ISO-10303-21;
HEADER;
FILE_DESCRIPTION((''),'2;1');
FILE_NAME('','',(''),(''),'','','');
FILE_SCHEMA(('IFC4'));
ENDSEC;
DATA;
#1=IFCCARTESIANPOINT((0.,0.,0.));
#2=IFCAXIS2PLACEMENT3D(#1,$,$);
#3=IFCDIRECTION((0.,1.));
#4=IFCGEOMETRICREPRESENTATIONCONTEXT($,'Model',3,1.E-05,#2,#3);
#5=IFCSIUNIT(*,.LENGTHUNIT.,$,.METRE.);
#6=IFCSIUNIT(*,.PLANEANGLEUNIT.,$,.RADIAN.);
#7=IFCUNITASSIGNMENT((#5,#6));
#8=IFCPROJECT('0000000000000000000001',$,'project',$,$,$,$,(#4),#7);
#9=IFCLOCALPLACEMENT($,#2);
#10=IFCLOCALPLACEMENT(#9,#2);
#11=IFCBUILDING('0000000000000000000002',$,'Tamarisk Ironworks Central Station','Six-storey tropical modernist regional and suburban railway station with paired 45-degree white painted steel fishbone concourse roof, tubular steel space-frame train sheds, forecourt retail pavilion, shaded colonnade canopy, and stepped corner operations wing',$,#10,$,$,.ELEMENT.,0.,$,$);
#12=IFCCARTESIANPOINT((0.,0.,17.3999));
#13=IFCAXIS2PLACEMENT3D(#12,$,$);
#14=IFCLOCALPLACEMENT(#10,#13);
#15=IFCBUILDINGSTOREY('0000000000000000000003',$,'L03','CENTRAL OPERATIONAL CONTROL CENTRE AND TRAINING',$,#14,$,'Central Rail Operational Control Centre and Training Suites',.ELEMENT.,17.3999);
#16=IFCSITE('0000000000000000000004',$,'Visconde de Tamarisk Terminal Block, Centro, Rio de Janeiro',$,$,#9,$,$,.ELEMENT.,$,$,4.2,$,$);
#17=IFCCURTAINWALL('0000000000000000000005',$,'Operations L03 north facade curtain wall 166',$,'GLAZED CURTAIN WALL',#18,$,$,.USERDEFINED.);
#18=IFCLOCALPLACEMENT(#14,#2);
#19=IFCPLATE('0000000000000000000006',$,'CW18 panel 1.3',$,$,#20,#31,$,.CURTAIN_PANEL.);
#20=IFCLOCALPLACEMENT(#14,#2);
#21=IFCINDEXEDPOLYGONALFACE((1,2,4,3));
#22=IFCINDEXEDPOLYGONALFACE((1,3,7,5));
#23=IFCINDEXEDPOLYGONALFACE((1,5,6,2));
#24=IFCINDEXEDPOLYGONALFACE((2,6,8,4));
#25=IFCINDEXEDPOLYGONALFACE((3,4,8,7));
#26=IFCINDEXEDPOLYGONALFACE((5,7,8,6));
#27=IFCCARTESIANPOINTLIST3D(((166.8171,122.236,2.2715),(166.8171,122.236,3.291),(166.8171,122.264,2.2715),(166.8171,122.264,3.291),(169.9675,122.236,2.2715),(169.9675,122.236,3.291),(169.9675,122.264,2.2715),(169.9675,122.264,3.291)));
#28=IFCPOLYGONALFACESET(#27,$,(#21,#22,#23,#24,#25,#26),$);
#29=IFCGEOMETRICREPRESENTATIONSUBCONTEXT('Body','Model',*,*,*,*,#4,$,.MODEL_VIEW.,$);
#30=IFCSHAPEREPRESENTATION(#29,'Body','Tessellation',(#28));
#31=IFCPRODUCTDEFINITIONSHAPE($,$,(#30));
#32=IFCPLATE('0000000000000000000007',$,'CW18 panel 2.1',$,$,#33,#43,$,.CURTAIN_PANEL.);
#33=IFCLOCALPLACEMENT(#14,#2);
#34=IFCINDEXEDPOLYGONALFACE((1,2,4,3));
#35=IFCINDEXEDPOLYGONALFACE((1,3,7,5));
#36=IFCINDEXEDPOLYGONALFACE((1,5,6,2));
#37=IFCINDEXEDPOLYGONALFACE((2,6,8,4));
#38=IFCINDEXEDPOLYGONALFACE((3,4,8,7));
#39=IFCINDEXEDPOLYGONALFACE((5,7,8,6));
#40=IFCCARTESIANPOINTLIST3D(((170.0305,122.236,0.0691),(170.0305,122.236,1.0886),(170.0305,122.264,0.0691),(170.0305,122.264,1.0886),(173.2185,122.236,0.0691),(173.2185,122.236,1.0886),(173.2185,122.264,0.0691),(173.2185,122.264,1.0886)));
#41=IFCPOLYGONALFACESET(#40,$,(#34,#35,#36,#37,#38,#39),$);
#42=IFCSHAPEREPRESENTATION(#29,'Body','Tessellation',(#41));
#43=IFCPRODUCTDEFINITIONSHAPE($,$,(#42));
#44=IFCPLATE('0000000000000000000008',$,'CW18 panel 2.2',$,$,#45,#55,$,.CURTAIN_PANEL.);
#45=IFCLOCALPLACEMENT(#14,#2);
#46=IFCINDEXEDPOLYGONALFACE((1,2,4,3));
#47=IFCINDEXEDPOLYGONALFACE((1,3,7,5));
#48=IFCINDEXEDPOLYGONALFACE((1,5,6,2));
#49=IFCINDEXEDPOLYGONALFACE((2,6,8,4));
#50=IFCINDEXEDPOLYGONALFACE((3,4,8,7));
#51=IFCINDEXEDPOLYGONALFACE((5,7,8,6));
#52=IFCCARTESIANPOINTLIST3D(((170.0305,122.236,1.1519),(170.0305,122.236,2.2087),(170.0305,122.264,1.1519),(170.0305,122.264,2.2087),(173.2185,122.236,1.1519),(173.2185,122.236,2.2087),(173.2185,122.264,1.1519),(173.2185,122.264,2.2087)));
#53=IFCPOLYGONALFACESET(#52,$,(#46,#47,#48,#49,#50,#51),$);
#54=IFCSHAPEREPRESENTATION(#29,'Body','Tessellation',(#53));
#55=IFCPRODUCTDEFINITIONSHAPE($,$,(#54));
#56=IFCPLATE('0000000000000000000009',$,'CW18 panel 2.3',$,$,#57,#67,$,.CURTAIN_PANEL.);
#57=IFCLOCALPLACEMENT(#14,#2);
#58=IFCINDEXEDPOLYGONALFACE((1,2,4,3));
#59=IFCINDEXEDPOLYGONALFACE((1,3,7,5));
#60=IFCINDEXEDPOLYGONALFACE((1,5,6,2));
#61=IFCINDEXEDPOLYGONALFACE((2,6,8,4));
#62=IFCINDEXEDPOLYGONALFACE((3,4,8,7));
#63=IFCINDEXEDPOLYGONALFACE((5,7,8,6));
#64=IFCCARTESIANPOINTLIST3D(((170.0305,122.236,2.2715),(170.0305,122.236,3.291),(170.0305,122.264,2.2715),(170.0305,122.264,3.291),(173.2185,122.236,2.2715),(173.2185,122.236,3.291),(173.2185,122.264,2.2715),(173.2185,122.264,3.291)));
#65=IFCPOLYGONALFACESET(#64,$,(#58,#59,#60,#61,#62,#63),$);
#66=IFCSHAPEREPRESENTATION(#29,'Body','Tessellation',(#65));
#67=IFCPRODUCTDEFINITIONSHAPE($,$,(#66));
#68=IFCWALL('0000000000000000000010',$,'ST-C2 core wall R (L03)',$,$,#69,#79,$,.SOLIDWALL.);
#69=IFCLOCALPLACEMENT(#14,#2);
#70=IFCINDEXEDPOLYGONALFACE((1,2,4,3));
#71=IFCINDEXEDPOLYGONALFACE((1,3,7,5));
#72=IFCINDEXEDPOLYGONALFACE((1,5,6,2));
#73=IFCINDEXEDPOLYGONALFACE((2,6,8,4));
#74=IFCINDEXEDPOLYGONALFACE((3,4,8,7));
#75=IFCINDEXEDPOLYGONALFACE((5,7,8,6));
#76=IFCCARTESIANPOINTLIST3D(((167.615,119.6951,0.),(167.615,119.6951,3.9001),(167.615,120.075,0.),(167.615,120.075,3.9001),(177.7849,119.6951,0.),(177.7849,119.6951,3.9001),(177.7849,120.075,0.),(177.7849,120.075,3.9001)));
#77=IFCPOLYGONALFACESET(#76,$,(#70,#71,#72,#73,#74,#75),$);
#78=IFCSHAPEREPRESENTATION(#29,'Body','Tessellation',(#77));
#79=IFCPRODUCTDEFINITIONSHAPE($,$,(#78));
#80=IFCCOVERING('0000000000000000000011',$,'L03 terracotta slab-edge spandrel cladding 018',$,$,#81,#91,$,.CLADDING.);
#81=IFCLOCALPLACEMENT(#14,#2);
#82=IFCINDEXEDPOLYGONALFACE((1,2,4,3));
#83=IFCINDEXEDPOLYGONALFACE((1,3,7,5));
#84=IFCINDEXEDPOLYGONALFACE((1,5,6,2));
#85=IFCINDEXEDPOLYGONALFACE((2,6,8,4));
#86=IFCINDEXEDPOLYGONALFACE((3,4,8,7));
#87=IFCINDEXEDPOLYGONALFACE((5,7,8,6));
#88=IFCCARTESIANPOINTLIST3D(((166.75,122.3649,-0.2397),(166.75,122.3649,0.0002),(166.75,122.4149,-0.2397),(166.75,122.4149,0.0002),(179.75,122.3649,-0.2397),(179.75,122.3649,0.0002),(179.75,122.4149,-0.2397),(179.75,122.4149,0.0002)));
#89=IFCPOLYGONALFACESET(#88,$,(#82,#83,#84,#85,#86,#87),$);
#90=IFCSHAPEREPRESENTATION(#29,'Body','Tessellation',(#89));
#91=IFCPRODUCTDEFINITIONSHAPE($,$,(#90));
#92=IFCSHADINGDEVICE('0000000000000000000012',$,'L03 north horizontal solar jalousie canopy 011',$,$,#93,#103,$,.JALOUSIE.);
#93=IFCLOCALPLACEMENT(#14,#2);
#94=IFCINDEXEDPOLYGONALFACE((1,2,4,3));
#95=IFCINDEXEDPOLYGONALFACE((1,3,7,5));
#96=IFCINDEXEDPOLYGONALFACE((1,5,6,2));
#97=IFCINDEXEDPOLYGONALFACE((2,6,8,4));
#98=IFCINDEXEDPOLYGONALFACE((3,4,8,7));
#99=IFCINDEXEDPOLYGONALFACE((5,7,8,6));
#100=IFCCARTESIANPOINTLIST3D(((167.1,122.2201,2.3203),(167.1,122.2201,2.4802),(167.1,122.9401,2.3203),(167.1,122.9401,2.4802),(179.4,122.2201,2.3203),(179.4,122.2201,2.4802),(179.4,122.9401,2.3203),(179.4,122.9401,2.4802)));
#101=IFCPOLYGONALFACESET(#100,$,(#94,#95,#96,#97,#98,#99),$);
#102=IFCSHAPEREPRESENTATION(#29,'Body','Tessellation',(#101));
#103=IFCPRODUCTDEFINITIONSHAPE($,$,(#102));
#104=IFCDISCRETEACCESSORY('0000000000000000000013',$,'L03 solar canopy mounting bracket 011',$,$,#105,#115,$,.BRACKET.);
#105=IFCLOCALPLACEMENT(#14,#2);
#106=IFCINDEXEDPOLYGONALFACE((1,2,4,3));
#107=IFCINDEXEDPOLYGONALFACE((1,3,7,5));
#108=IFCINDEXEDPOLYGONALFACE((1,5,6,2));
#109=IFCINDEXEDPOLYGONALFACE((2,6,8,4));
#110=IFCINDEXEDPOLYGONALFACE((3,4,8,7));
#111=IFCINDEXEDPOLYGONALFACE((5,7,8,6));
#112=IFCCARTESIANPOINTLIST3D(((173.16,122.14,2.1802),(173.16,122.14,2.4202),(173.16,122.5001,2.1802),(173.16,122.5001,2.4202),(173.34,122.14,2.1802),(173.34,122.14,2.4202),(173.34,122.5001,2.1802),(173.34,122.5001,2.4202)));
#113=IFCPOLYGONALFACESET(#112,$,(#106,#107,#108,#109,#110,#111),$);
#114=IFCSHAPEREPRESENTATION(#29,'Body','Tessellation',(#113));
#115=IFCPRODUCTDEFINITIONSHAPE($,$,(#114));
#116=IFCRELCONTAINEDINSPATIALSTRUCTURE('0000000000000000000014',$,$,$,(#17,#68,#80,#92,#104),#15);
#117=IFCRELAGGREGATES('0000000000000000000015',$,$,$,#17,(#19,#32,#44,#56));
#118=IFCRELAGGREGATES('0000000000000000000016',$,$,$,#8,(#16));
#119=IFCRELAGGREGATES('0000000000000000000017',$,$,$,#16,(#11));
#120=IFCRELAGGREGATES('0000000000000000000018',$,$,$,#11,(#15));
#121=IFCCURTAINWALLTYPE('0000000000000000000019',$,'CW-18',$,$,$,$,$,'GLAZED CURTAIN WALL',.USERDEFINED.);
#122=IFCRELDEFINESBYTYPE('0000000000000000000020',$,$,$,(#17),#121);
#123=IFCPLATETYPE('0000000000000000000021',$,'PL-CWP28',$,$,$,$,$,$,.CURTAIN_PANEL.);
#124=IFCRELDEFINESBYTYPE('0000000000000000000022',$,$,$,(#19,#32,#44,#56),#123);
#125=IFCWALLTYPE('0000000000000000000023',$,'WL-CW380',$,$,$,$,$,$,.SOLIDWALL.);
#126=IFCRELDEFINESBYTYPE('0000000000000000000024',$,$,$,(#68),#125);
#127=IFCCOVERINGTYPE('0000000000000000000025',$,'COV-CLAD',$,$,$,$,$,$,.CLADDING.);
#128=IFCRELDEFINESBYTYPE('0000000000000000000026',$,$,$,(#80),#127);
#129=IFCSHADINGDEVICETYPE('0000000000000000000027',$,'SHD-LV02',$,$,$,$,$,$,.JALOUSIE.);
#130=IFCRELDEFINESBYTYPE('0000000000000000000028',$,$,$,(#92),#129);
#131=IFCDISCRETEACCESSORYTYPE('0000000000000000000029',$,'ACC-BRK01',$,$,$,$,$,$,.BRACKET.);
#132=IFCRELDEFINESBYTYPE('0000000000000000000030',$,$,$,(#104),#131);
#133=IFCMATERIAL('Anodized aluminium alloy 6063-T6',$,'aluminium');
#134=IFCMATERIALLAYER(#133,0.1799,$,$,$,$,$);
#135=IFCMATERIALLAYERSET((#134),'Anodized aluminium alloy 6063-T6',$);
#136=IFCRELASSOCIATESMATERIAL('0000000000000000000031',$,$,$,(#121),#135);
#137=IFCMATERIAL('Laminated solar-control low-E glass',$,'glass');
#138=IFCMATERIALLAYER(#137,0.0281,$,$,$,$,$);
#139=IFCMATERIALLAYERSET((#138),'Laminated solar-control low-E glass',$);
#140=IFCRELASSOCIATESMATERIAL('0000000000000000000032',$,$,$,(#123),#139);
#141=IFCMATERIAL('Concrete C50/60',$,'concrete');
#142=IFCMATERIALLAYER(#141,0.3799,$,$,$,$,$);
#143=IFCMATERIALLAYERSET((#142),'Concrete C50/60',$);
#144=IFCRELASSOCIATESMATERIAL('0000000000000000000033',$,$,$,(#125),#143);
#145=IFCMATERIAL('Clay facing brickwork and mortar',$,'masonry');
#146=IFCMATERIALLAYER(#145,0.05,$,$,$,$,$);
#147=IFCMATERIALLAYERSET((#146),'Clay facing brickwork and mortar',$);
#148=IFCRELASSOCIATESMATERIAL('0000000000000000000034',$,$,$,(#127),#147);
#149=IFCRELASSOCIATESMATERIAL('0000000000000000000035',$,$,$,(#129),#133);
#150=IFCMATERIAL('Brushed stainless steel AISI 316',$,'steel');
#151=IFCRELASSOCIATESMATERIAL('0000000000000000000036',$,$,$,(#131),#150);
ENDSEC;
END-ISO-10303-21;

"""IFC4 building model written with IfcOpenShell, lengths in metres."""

from ifc_helpers import new_model, si_unit, direction, frame, frame_2d, origin, origin_2d, place, context, subcontext, project, spatial, rectangle, extrude, material, layer, layer_set, type_object, element, aggregate, save


model = new_model("IFC4")

# Units and contexts
model_context = context("Model", 3, precision=1e-05, world=origin(), true_north=direction((0.0, 1.0)))
body_context = subcontext(model_context, "Body", "Model", "MODEL_VIEW")
ifc_project = project(units=[si_unit("LENGTHUNIT", "METRE"), si_unit("PLANEANGLEUNIT", "RADIAN")], contexts=[model_context])

# Site, building, storey
site_placement = place(None, origin())
site = spatial("IfcSite", under=ifc_project, at=site_placement, Name="Visconde de Tamarisk Terminal Block, Centro, Rio de Janeiro", CompositionType="ELEMENT", RefElevation=4.2)
building_placement = place(site_placement, origin())
building = spatial("IfcBuilding", under=site, at=building_placement, Name="Tamarisk Ironworks Central Station", Description="Six-storey tropical modernist regional and suburban railway station with paired 45-degree white painted steel fishbone concourse roof, tubular steel space-frame train sheds, forecourt retail pavilion, shaded colonnade canopy, and stepped corner operations wing", CompositionType="ELEMENT", ElevationOfRefHeight=0.0)
storey_placement = place(building_placement, frame((0.0, 0.0, 17.3999)))
storey = spatial("IfcBuildingStorey", under=building, at=storey_placement, Name="L03", Description="CENTRAL OPERATIONAL CONTROL CENTRE AND TRAINING", LongName="Central Rail Operational Control Centre and Training Suites", CompositionType="ELEMENT", Elevation=17.3999)

# Curtain wall, plates
ifc_material_1 = material(Name="Anodized aluminium alloy 6063-T6", Category="aluminium")
ifc_layer_1 = layer(ifc_material_1, 0.1799)
ifc_layer_set_1 = layer_set([ifc_layer_1], Name="Anodized aluminium alloy 6063-T6")
curtain_wall_type = type_object("IfcCurtainWallType", Name="CW-18", ElementType="GLAZED CURTAIN WALL", PredefinedType="USERDEFINED", material=ifc_layer_set_1)
curtain_wall_placement = place(storey_placement, origin())
curtain_wall = element("IfcCurtainWall", 1, at=curtain_wall_placement, inside=storey, type_object=curtain_wall_type, Name="Operations L03 north facade curtain wall 166", ObjectType="GLAZED CURTAIN WALL", PredefinedType="USERDEFINED")
ifc_material_2 = material(Name="Laminated solar-control low-E glass", Category="glass")
ifc_layer_2 = layer(ifc_material_2, 0.0281)
ifc_layer_set_2 = layer_set([ifc_layer_2], Name="Laminated solar-control low-E glass")
plate_type = type_object("IfcPlateType", Name="PL-CWP28", PredefinedType="CURTAIN_PANEL", material=ifc_layer_set_2)
plate_1_placement = place(storey_placement, frame((168.3923, 122.25, 2.2715), z_axis=(0.0, 0.0, 1.0), x_axis=(1.0, 0.0, 0.0)))
plate_1 = element("IfcPlate", 2, at=plate_1_placement, type_object=plate_type, Name="CW18 panel 1.3", PredefinedType="CURTAIN_PANEL", context=body_context, shape_type="SweptSolid", body=[
    extrude(rectangle(XDim=3.1504, YDim=0.0281, at=origin_2d()), origin(), (0.0, 0.0, 1.0), 1.0195),
])
plate_2_placement = place(storey_placement, frame((171.6245, 122.25, 0.0691), z_axis=(0.0, 0.0, 1.0), x_axis=(1.0, 0.0, 0.0)))
plate_2 = element("IfcPlate", 3, at=plate_2_placement, type_object=plate_type, Name="CW18 panel 2.1", PredefinedType="CURTAIN_PANEL", context=body_context, shape_type="SweptSolid", body=[
    extrude(rectangle(XDim=3.188, YDim=0.0281, at=origin_2d()), origin(), (0.0, 0.0, 1.0), 1.0195),
])
plate_3_placement = place(storey_placement, frame((171.6245, 122.25, 1.1519), z_axis=(0.0, 0.0, 1.0), x_axis=(1.0, 0.0, 0.0)))
plate_3 = element("IfcPlate", 4, at=plate_3_placement, type_object=plate_type, Name="CW18 panel 2.2", PredefinedType="CURTAIN_PANEL", context=body_context, shape_type="SweptSolid", body=[
    extrude(rectangle(XDim=3.188, YDim=0.0281, at=origin_2d()), origin(), (0.0, 0.0, 1.0), 1.0569),
])
plate_4_placement = place(storey_placement, frame((171.6245, 122.25, 2.2715), z_axis=(0.0, 0.0, 1.0), x_axis=(1.0, 0.0, 0.0)))
plate_4 = element("IfcPlate", 5, at=plate_4_placement, type_object=plate_type, Name="CW18 panel 2.3", PredefinedType="CURTAIN_PANEL", context=body_context, shape_type="SweptSolid", body=[
    extrude(rectangle(XDim=3.188, YDim=0.0281, at=origin_2d()), origin(), (0.0, 0.0, 1.0), 1.0195),
])
aggregate(curtain_wall, [plate_1, plate_2, plate_3, plate_4])

# Wall
ifc_material_3 = material(Name="Concrete C50/60", Category="concrete")
ifc_layer_3 = layer(ifc_material_3, 0.3799)
ifc_layer_set_3 = layer_set([ifc_layer_3], Name="Concrete C50/60")
wall_type = type_object("IfcWallType", Name="WL-CW380", PredefinedType="SOLIDWALL", material=ifc_layer_set_3)
wall_placement = place(storey_placement, frame((167.615, 119.885, 0.0), z_axis=(0.0, 0.0, 1.0), x_axis=(1.0, 0.0, 0.0)))
element("IfcWall", 6, at=wall_placement, inside=storey, type_object=wall_type, Name="ST-C2 core wall R (L03)", PredefinedType="SOLIDWALL", context=body_context, shape_type="SweptSolid", body=[
    extrude(rectangle(XDim=10.1699, YDim=0.3799, at=frame_2d((5.085, 0.0))), origin(), (0.0, 0.0, 1.0), 3.9001),
])

# Covering
ifc_material_4 = material(Name="Clay facing brickwork and mortar", Category="masonry")
ifc_layer_4 = layer(ifc_material_4, 0.05)
ifc_layer_set_4 = layer_set([ifc_layer_4], Name="Clay facing brickwork and mortar")
covering_type = type_object("IfcCoveringType", Name="COV-CLAD", PredefinedType="CLADDING", material=ifc_layer_set_4)
covering_placement = place(storey_placement, frame((173.25, 122.3899, -0.2397), z_axis=(0.0, 0.0, 1.0), x_axis=(1.0, 0.0, 0.0)))
element("IfcCovering", 7, at=covering_placement, inside=storey, type_object=covering_type, Name="L03 terracotta slab-edge spandrel cladding 018", PredefinedType="CLADDING", context=body_context, shape_type="SweptSolid", body=[
    extrude(rectangle(XDim=13.0, YDim=0.05, at=origin_2d()), origin(), (0.0, 0.0, 1.0), 0.24),
])

# Shading device
shading_device_type = type_object("IfcShadingDeviceType", Name="SHD-LV02", PredefinedType="JALOUSIE", material=ifc_material_1)
shading_device_placement = place(storey_placement, frame((173.25, 122.5801, 2.3203), z_axis=(0.0, 0.0, 1.0), x_axis=(1.0, 0.0, 0.0)))
element("IfcShadingDevice", 8, at=shading_device_placement, inside=storey, type_object=shading_device_type, Name="L03 north horizontal solar jalousie canopy 011", PredefinedType="JALOUSIE", context=body_context, shape_type="SweptSolid", body=[
    extrude(rectangle(XDim=12.3, YDim=0.72, at=origin_2d()), origin(), (0.0, 0.0, 1.0), 0.1599),
])

# Discrete accessory
ifc_material_5 = material(Name="Brushed stainless steel AISI 316", Category="steel")
discrete_accessory_type = type_object("IfcDiscreteAccessoryType", Name="ACC-BRK01", PredefinedType="BRACKET", material=ifc_material_5)
discrete_accessory_placement = place(storey_placement, frame((173.25, 122.3201, 2.1802), z_axis=(0.0, 0.0, 1.0), x_axis=(1.0, 0.0, 0.0)))
element("IfcDiscreteAccessory", 9, at=discrete_accessory_placement, inside=storey, type_object=discrete_accessory_type, Name="L03 solar canopy mounting bracket 011", PredefinedType="BRACKET", context=body_context, shape_type="SweptSolid", body=[
    extrude(rectangle(XDim=0.1799, YDim=0.3601, at=origin_2d()), origin(), (0.0, 0.0, 1.0), 0.24),
])

save(model, "model.ifc")
